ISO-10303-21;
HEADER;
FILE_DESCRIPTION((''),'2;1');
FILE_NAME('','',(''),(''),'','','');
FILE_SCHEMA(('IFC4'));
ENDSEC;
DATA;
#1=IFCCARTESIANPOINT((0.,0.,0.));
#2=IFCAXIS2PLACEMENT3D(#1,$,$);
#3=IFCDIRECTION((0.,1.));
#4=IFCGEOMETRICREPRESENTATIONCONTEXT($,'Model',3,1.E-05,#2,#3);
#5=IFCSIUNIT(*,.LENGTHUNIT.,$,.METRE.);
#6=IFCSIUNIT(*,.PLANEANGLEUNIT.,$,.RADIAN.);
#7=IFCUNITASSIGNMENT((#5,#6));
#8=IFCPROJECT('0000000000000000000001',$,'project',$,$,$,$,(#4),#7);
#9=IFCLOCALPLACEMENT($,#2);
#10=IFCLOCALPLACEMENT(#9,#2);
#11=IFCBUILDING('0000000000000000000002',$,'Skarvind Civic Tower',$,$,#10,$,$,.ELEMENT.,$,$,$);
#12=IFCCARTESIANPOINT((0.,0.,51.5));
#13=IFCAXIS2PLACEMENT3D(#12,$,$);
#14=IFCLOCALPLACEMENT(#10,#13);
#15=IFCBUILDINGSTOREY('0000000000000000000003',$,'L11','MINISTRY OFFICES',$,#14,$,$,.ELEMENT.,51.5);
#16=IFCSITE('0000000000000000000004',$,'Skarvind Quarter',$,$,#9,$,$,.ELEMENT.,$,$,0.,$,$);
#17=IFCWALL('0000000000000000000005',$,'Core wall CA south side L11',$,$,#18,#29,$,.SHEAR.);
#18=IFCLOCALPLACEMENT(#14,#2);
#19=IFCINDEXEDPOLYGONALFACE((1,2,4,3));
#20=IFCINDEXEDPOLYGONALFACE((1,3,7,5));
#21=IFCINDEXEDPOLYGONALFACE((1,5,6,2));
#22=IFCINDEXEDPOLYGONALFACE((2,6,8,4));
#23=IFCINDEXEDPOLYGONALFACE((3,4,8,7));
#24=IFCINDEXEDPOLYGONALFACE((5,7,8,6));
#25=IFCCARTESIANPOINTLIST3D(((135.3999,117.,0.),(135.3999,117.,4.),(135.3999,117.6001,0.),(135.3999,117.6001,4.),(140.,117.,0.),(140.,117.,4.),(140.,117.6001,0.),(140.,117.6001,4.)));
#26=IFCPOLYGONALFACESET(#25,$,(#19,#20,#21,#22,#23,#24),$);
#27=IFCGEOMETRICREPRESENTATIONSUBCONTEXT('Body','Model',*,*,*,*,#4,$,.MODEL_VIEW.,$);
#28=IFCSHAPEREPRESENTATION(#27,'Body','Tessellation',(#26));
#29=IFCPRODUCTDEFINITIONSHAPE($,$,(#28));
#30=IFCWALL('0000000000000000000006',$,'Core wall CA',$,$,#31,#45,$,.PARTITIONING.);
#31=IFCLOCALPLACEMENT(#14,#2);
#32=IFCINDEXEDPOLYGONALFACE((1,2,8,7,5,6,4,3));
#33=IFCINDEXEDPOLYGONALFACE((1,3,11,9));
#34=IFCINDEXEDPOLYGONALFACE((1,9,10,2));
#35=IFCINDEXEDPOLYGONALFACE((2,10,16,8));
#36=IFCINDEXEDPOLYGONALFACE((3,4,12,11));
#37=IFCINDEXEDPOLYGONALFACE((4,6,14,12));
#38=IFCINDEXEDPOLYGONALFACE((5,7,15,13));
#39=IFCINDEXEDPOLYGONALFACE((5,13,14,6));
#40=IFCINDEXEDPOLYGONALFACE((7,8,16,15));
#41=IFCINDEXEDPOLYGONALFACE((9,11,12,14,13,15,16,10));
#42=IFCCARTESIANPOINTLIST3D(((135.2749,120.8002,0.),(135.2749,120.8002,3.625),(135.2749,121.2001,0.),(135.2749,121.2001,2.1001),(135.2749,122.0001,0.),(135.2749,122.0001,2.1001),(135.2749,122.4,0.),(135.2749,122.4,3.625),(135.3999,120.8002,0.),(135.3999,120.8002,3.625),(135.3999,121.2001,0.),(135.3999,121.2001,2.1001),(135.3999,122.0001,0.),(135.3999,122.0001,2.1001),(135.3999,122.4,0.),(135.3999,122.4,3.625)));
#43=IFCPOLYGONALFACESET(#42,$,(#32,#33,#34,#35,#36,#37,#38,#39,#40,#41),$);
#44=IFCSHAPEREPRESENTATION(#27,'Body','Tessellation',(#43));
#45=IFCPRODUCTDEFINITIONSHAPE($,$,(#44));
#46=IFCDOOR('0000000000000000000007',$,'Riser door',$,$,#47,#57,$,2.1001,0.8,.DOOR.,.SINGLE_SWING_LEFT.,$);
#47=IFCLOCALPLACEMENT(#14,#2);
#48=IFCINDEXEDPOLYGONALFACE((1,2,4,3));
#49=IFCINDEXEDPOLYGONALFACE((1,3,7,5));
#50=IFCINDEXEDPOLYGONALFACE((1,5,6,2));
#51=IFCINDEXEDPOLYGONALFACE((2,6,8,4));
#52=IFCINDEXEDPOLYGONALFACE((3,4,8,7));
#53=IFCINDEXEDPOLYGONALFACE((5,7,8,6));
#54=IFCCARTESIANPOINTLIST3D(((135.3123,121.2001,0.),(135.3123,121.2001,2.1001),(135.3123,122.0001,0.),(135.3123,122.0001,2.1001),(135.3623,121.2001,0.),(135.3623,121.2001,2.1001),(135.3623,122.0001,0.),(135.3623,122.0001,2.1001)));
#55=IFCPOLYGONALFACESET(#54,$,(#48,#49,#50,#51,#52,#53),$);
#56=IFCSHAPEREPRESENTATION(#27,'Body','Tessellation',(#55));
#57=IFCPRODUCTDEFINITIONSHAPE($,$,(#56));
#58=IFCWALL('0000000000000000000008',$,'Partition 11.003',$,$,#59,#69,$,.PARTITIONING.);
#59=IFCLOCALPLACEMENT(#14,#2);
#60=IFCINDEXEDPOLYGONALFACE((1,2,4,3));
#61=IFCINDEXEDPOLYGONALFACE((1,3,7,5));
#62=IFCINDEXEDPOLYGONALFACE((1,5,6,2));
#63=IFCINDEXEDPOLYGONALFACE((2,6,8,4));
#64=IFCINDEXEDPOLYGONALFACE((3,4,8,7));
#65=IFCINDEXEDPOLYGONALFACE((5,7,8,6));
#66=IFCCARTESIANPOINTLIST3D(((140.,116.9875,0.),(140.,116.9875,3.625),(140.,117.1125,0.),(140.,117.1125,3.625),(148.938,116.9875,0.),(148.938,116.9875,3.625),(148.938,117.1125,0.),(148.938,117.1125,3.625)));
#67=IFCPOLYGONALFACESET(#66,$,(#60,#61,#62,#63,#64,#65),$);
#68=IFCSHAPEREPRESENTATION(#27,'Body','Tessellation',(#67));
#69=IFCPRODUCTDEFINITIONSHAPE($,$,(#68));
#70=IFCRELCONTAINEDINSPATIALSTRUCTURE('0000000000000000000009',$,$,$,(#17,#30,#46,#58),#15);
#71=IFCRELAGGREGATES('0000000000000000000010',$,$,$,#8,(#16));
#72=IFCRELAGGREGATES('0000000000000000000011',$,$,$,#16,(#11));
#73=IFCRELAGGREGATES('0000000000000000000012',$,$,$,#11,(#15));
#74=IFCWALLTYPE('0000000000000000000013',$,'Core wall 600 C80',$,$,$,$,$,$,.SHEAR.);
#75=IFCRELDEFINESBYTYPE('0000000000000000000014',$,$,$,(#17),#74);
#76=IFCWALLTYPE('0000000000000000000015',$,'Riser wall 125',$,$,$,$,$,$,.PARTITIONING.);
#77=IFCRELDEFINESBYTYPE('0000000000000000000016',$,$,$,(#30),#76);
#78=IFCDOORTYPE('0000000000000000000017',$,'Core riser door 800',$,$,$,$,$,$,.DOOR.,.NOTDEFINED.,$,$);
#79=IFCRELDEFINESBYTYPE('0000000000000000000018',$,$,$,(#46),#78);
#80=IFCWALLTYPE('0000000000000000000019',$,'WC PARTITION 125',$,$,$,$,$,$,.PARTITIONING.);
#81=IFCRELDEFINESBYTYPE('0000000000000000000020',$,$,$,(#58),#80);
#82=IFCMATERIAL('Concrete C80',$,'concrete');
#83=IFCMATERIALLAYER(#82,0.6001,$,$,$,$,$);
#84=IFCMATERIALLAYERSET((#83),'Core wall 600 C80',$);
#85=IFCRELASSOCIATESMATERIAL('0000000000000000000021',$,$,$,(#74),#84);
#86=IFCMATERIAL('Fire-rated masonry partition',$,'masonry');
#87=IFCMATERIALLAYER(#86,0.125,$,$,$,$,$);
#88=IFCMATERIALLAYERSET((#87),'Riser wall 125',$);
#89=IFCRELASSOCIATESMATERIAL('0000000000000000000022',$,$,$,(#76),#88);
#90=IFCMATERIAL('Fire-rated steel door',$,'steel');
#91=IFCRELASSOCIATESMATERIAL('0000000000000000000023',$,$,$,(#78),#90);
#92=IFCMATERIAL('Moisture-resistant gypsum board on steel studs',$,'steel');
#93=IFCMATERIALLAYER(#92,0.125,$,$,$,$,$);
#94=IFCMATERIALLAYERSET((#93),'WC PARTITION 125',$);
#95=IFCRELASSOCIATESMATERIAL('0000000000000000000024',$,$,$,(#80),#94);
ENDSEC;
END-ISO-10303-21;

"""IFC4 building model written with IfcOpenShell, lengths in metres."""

from ifc_helpers import new_model, si_unit, direction, frame, frame_2d, origin, place, context, subcontext, project, spatial, rectangle, extrude, material, layer, layer_set, type_object, element, fill, save


model = new_model("IFC4")

# Units and contexts
model_context = context("Model", 3, precision=1e-05, world=origin(), true_north=direction((0.0, 1.0)))
body_context = subcontext(model_context, "Body", "Model", "MODEL_VIEW")
ifc_project = project(units=[si_unit("LENGTHUNIT", "METRE"), si_unit("PLANEANGLEUNIT", "RADIAN")], contexts=[model_context])

# Site, building, storey
site_placement = place(None, origin())
site = spatial("IfcSite", under=ifc_project, at=site_placement, Name="Skarvind Quarter", CompositionType="ELEMENT", RefElevation=0.0)
building_placement = place(site_placement, origin())
building = spatial("IfcBuilding", under=site, at=building_placement, Name="Skarvind Civic Tower", CompositionType="ELEMENT")
storey_placement = place(building_placement, frame((0.0, 0.0, 51.5)))
storey = spatial("IfcBuildingStorey", under=building, at=storey_placement, Name="L11", Description="MINISTRY OFFICES", CompositionType="ELEMENT", Elevation=51.5)

# Shared definitions
ifc_material_1 = material(Name="Fire-rated masonry partition", Category="masonry")
ifc_material_2 = material(Name="Fire-rated steel door", Category="steel")
ifc_material_3 = material(Name="Concrete C80", Category="concrete")

# Wall
ifc_layer_1 = layer(ifc_material_3, 0.6001)
ifc_layer_set_1 = layer_set([ifc_layer_1], Name="Core wall 600 C80")
wall_type_1 = type_object("IfcWallType", Name="Core wall 600 C80", PredefinedType="SHEAR", material=ifc_layer_set_1)
wall_1_placement = place(storey_placement, frame((135.3999, 117.3, 0.0), z_axis=(0.0, 0.0, 1.0), x_axis=(1.0, 0.0, 0.0)))
element("IfcWall", 1, at=wall_1_placement, inside=storey, type_object=wall_type_1, Name="Core wall CA south side L11", PredefinedType="SHEAR", context=body_context, shape_type="SweptSolid", body=[
    extrude(rectangle(XDim=4.6001, YDim=0.6001, at=frame_2d((2.3, 0.0))), origin(), (0.0, 0.0, 1.0), 4.0),
])

# Wall, opening, door
ifc_layer_2 = layer(ifc_material_1, 0.125)
ifc_layer_set_2 = layer_set([ifc_layer_2], Name="Riser wall 125")
wall_type_2 = type_object("IfcWallType", Name="Riser wall 125", PredefinedType="PARTITIONING", material=ifc_layer_set_2)
wall_2_placement = place(storey_placement, frame((135.3374, 122.3999, 0.0), z_axis=(0.0, 0.0, 1.0), x_axis=(0.0, -1.0, 0.0)))
wall_2 = element("IfcWall", 2, at=wall_2_placement, inside=storey, type_object=wall_type_2, Name="Core wall CA", PredefinedType="PARTITIONING", context=body_context, shape_type="SweptSolid", body=[
    extrude(rectangle(XDim=1.5999, YDim=0.125, at=frame_2d((0.7998, 0.0))), origin(), (0.0, 0.0, 1.0), 3.625),
])
opening_1_placement = place(wall_2_placement, frame((0.3999, 0.0, 0.0)))
opening_1 = element("IfcOpeningElement", 3, at=opening_1_placement, cuts=wall_2, PredefinedType="OPENING", context=body_context, shape_type="SweptSolid", body=[
    extrude(rectangle(XDim=0.8, YDim=2.1001, at=frame_2d((0.3999, 1.05))), frame((0.0, 0.0725, 0.0), z_axis=(0.0, -1.0, 0.0), x_axis=(1.0, 0.0, 0.0)), (0.0, 0.0, 1.0), 0.145),
])
door_type_1 = type_object("IfcDoorType", Name="Core riser door 800", OperationType="NOTDEFINED", PredefinedType="DOOR", material=ifc_material_2)
door_1_placement = place(opening_1_placement, origin())
door_1 = element("IfcDoor", 4, at=door_1_placement, inside=storey, type_object=door_type_1, Name="Riser door", OperationType="SINGLE_SWING_LEFT", OverallHeight=2.1001, OverallWidth=0.8, PredefinedType="DOOR", context=body_context, shape_type="SweptSolid", body=[
    extrude(rectangle(XDim=0.8, YDim=2.1001, at=frame_2d((0.3999, 1.05))), frame((0.0, 0.0249, 0.0), z_axis=(0.0, -1.0, 0.0), x_axis=(1.0, 0.0, 0.0)), (0.0, 0.0, 1.0), 0.05),
])
fill(opening_1, door_1)

# Wall
ifc_material_4 = material(Name="Moisture-resistant gypsum board on steel studs", Category="steel")
ifc_layer_3 = layer(ifc_material_4, 0.125)
ifc_layer_set_3 = layer_set([ifc_layer_3], Name="WC PARTITION 125")
wall_type_3 = type_object("IfcWallType", Name="WC PARTITION 125", PredefinedType="PARTITIONING", material=ifc_layer_set_3)
wall_3_placement = place(storey_placement, frame((140.0, 117.05, 0.0), z_axis=(0.0, 0.0, 1.0), x_axis=(1.0, 0.0, 0.0)))
element("IfcWall", 5, at=wall_3_placement, inside=storey, type_object=wall_type_3, Name="Partition 11.003", PredefinedType="PARTITIONING", context=body_context, shape_type="SweptSolid", body=[
    extrude(rectangle(XDim=8.938, YDim=0.125, at=frame_2d((4.469, 0.0))), origin(), (0.0, 0.0, 1.0), 3.625),
])

save(model, "model.ifc")
